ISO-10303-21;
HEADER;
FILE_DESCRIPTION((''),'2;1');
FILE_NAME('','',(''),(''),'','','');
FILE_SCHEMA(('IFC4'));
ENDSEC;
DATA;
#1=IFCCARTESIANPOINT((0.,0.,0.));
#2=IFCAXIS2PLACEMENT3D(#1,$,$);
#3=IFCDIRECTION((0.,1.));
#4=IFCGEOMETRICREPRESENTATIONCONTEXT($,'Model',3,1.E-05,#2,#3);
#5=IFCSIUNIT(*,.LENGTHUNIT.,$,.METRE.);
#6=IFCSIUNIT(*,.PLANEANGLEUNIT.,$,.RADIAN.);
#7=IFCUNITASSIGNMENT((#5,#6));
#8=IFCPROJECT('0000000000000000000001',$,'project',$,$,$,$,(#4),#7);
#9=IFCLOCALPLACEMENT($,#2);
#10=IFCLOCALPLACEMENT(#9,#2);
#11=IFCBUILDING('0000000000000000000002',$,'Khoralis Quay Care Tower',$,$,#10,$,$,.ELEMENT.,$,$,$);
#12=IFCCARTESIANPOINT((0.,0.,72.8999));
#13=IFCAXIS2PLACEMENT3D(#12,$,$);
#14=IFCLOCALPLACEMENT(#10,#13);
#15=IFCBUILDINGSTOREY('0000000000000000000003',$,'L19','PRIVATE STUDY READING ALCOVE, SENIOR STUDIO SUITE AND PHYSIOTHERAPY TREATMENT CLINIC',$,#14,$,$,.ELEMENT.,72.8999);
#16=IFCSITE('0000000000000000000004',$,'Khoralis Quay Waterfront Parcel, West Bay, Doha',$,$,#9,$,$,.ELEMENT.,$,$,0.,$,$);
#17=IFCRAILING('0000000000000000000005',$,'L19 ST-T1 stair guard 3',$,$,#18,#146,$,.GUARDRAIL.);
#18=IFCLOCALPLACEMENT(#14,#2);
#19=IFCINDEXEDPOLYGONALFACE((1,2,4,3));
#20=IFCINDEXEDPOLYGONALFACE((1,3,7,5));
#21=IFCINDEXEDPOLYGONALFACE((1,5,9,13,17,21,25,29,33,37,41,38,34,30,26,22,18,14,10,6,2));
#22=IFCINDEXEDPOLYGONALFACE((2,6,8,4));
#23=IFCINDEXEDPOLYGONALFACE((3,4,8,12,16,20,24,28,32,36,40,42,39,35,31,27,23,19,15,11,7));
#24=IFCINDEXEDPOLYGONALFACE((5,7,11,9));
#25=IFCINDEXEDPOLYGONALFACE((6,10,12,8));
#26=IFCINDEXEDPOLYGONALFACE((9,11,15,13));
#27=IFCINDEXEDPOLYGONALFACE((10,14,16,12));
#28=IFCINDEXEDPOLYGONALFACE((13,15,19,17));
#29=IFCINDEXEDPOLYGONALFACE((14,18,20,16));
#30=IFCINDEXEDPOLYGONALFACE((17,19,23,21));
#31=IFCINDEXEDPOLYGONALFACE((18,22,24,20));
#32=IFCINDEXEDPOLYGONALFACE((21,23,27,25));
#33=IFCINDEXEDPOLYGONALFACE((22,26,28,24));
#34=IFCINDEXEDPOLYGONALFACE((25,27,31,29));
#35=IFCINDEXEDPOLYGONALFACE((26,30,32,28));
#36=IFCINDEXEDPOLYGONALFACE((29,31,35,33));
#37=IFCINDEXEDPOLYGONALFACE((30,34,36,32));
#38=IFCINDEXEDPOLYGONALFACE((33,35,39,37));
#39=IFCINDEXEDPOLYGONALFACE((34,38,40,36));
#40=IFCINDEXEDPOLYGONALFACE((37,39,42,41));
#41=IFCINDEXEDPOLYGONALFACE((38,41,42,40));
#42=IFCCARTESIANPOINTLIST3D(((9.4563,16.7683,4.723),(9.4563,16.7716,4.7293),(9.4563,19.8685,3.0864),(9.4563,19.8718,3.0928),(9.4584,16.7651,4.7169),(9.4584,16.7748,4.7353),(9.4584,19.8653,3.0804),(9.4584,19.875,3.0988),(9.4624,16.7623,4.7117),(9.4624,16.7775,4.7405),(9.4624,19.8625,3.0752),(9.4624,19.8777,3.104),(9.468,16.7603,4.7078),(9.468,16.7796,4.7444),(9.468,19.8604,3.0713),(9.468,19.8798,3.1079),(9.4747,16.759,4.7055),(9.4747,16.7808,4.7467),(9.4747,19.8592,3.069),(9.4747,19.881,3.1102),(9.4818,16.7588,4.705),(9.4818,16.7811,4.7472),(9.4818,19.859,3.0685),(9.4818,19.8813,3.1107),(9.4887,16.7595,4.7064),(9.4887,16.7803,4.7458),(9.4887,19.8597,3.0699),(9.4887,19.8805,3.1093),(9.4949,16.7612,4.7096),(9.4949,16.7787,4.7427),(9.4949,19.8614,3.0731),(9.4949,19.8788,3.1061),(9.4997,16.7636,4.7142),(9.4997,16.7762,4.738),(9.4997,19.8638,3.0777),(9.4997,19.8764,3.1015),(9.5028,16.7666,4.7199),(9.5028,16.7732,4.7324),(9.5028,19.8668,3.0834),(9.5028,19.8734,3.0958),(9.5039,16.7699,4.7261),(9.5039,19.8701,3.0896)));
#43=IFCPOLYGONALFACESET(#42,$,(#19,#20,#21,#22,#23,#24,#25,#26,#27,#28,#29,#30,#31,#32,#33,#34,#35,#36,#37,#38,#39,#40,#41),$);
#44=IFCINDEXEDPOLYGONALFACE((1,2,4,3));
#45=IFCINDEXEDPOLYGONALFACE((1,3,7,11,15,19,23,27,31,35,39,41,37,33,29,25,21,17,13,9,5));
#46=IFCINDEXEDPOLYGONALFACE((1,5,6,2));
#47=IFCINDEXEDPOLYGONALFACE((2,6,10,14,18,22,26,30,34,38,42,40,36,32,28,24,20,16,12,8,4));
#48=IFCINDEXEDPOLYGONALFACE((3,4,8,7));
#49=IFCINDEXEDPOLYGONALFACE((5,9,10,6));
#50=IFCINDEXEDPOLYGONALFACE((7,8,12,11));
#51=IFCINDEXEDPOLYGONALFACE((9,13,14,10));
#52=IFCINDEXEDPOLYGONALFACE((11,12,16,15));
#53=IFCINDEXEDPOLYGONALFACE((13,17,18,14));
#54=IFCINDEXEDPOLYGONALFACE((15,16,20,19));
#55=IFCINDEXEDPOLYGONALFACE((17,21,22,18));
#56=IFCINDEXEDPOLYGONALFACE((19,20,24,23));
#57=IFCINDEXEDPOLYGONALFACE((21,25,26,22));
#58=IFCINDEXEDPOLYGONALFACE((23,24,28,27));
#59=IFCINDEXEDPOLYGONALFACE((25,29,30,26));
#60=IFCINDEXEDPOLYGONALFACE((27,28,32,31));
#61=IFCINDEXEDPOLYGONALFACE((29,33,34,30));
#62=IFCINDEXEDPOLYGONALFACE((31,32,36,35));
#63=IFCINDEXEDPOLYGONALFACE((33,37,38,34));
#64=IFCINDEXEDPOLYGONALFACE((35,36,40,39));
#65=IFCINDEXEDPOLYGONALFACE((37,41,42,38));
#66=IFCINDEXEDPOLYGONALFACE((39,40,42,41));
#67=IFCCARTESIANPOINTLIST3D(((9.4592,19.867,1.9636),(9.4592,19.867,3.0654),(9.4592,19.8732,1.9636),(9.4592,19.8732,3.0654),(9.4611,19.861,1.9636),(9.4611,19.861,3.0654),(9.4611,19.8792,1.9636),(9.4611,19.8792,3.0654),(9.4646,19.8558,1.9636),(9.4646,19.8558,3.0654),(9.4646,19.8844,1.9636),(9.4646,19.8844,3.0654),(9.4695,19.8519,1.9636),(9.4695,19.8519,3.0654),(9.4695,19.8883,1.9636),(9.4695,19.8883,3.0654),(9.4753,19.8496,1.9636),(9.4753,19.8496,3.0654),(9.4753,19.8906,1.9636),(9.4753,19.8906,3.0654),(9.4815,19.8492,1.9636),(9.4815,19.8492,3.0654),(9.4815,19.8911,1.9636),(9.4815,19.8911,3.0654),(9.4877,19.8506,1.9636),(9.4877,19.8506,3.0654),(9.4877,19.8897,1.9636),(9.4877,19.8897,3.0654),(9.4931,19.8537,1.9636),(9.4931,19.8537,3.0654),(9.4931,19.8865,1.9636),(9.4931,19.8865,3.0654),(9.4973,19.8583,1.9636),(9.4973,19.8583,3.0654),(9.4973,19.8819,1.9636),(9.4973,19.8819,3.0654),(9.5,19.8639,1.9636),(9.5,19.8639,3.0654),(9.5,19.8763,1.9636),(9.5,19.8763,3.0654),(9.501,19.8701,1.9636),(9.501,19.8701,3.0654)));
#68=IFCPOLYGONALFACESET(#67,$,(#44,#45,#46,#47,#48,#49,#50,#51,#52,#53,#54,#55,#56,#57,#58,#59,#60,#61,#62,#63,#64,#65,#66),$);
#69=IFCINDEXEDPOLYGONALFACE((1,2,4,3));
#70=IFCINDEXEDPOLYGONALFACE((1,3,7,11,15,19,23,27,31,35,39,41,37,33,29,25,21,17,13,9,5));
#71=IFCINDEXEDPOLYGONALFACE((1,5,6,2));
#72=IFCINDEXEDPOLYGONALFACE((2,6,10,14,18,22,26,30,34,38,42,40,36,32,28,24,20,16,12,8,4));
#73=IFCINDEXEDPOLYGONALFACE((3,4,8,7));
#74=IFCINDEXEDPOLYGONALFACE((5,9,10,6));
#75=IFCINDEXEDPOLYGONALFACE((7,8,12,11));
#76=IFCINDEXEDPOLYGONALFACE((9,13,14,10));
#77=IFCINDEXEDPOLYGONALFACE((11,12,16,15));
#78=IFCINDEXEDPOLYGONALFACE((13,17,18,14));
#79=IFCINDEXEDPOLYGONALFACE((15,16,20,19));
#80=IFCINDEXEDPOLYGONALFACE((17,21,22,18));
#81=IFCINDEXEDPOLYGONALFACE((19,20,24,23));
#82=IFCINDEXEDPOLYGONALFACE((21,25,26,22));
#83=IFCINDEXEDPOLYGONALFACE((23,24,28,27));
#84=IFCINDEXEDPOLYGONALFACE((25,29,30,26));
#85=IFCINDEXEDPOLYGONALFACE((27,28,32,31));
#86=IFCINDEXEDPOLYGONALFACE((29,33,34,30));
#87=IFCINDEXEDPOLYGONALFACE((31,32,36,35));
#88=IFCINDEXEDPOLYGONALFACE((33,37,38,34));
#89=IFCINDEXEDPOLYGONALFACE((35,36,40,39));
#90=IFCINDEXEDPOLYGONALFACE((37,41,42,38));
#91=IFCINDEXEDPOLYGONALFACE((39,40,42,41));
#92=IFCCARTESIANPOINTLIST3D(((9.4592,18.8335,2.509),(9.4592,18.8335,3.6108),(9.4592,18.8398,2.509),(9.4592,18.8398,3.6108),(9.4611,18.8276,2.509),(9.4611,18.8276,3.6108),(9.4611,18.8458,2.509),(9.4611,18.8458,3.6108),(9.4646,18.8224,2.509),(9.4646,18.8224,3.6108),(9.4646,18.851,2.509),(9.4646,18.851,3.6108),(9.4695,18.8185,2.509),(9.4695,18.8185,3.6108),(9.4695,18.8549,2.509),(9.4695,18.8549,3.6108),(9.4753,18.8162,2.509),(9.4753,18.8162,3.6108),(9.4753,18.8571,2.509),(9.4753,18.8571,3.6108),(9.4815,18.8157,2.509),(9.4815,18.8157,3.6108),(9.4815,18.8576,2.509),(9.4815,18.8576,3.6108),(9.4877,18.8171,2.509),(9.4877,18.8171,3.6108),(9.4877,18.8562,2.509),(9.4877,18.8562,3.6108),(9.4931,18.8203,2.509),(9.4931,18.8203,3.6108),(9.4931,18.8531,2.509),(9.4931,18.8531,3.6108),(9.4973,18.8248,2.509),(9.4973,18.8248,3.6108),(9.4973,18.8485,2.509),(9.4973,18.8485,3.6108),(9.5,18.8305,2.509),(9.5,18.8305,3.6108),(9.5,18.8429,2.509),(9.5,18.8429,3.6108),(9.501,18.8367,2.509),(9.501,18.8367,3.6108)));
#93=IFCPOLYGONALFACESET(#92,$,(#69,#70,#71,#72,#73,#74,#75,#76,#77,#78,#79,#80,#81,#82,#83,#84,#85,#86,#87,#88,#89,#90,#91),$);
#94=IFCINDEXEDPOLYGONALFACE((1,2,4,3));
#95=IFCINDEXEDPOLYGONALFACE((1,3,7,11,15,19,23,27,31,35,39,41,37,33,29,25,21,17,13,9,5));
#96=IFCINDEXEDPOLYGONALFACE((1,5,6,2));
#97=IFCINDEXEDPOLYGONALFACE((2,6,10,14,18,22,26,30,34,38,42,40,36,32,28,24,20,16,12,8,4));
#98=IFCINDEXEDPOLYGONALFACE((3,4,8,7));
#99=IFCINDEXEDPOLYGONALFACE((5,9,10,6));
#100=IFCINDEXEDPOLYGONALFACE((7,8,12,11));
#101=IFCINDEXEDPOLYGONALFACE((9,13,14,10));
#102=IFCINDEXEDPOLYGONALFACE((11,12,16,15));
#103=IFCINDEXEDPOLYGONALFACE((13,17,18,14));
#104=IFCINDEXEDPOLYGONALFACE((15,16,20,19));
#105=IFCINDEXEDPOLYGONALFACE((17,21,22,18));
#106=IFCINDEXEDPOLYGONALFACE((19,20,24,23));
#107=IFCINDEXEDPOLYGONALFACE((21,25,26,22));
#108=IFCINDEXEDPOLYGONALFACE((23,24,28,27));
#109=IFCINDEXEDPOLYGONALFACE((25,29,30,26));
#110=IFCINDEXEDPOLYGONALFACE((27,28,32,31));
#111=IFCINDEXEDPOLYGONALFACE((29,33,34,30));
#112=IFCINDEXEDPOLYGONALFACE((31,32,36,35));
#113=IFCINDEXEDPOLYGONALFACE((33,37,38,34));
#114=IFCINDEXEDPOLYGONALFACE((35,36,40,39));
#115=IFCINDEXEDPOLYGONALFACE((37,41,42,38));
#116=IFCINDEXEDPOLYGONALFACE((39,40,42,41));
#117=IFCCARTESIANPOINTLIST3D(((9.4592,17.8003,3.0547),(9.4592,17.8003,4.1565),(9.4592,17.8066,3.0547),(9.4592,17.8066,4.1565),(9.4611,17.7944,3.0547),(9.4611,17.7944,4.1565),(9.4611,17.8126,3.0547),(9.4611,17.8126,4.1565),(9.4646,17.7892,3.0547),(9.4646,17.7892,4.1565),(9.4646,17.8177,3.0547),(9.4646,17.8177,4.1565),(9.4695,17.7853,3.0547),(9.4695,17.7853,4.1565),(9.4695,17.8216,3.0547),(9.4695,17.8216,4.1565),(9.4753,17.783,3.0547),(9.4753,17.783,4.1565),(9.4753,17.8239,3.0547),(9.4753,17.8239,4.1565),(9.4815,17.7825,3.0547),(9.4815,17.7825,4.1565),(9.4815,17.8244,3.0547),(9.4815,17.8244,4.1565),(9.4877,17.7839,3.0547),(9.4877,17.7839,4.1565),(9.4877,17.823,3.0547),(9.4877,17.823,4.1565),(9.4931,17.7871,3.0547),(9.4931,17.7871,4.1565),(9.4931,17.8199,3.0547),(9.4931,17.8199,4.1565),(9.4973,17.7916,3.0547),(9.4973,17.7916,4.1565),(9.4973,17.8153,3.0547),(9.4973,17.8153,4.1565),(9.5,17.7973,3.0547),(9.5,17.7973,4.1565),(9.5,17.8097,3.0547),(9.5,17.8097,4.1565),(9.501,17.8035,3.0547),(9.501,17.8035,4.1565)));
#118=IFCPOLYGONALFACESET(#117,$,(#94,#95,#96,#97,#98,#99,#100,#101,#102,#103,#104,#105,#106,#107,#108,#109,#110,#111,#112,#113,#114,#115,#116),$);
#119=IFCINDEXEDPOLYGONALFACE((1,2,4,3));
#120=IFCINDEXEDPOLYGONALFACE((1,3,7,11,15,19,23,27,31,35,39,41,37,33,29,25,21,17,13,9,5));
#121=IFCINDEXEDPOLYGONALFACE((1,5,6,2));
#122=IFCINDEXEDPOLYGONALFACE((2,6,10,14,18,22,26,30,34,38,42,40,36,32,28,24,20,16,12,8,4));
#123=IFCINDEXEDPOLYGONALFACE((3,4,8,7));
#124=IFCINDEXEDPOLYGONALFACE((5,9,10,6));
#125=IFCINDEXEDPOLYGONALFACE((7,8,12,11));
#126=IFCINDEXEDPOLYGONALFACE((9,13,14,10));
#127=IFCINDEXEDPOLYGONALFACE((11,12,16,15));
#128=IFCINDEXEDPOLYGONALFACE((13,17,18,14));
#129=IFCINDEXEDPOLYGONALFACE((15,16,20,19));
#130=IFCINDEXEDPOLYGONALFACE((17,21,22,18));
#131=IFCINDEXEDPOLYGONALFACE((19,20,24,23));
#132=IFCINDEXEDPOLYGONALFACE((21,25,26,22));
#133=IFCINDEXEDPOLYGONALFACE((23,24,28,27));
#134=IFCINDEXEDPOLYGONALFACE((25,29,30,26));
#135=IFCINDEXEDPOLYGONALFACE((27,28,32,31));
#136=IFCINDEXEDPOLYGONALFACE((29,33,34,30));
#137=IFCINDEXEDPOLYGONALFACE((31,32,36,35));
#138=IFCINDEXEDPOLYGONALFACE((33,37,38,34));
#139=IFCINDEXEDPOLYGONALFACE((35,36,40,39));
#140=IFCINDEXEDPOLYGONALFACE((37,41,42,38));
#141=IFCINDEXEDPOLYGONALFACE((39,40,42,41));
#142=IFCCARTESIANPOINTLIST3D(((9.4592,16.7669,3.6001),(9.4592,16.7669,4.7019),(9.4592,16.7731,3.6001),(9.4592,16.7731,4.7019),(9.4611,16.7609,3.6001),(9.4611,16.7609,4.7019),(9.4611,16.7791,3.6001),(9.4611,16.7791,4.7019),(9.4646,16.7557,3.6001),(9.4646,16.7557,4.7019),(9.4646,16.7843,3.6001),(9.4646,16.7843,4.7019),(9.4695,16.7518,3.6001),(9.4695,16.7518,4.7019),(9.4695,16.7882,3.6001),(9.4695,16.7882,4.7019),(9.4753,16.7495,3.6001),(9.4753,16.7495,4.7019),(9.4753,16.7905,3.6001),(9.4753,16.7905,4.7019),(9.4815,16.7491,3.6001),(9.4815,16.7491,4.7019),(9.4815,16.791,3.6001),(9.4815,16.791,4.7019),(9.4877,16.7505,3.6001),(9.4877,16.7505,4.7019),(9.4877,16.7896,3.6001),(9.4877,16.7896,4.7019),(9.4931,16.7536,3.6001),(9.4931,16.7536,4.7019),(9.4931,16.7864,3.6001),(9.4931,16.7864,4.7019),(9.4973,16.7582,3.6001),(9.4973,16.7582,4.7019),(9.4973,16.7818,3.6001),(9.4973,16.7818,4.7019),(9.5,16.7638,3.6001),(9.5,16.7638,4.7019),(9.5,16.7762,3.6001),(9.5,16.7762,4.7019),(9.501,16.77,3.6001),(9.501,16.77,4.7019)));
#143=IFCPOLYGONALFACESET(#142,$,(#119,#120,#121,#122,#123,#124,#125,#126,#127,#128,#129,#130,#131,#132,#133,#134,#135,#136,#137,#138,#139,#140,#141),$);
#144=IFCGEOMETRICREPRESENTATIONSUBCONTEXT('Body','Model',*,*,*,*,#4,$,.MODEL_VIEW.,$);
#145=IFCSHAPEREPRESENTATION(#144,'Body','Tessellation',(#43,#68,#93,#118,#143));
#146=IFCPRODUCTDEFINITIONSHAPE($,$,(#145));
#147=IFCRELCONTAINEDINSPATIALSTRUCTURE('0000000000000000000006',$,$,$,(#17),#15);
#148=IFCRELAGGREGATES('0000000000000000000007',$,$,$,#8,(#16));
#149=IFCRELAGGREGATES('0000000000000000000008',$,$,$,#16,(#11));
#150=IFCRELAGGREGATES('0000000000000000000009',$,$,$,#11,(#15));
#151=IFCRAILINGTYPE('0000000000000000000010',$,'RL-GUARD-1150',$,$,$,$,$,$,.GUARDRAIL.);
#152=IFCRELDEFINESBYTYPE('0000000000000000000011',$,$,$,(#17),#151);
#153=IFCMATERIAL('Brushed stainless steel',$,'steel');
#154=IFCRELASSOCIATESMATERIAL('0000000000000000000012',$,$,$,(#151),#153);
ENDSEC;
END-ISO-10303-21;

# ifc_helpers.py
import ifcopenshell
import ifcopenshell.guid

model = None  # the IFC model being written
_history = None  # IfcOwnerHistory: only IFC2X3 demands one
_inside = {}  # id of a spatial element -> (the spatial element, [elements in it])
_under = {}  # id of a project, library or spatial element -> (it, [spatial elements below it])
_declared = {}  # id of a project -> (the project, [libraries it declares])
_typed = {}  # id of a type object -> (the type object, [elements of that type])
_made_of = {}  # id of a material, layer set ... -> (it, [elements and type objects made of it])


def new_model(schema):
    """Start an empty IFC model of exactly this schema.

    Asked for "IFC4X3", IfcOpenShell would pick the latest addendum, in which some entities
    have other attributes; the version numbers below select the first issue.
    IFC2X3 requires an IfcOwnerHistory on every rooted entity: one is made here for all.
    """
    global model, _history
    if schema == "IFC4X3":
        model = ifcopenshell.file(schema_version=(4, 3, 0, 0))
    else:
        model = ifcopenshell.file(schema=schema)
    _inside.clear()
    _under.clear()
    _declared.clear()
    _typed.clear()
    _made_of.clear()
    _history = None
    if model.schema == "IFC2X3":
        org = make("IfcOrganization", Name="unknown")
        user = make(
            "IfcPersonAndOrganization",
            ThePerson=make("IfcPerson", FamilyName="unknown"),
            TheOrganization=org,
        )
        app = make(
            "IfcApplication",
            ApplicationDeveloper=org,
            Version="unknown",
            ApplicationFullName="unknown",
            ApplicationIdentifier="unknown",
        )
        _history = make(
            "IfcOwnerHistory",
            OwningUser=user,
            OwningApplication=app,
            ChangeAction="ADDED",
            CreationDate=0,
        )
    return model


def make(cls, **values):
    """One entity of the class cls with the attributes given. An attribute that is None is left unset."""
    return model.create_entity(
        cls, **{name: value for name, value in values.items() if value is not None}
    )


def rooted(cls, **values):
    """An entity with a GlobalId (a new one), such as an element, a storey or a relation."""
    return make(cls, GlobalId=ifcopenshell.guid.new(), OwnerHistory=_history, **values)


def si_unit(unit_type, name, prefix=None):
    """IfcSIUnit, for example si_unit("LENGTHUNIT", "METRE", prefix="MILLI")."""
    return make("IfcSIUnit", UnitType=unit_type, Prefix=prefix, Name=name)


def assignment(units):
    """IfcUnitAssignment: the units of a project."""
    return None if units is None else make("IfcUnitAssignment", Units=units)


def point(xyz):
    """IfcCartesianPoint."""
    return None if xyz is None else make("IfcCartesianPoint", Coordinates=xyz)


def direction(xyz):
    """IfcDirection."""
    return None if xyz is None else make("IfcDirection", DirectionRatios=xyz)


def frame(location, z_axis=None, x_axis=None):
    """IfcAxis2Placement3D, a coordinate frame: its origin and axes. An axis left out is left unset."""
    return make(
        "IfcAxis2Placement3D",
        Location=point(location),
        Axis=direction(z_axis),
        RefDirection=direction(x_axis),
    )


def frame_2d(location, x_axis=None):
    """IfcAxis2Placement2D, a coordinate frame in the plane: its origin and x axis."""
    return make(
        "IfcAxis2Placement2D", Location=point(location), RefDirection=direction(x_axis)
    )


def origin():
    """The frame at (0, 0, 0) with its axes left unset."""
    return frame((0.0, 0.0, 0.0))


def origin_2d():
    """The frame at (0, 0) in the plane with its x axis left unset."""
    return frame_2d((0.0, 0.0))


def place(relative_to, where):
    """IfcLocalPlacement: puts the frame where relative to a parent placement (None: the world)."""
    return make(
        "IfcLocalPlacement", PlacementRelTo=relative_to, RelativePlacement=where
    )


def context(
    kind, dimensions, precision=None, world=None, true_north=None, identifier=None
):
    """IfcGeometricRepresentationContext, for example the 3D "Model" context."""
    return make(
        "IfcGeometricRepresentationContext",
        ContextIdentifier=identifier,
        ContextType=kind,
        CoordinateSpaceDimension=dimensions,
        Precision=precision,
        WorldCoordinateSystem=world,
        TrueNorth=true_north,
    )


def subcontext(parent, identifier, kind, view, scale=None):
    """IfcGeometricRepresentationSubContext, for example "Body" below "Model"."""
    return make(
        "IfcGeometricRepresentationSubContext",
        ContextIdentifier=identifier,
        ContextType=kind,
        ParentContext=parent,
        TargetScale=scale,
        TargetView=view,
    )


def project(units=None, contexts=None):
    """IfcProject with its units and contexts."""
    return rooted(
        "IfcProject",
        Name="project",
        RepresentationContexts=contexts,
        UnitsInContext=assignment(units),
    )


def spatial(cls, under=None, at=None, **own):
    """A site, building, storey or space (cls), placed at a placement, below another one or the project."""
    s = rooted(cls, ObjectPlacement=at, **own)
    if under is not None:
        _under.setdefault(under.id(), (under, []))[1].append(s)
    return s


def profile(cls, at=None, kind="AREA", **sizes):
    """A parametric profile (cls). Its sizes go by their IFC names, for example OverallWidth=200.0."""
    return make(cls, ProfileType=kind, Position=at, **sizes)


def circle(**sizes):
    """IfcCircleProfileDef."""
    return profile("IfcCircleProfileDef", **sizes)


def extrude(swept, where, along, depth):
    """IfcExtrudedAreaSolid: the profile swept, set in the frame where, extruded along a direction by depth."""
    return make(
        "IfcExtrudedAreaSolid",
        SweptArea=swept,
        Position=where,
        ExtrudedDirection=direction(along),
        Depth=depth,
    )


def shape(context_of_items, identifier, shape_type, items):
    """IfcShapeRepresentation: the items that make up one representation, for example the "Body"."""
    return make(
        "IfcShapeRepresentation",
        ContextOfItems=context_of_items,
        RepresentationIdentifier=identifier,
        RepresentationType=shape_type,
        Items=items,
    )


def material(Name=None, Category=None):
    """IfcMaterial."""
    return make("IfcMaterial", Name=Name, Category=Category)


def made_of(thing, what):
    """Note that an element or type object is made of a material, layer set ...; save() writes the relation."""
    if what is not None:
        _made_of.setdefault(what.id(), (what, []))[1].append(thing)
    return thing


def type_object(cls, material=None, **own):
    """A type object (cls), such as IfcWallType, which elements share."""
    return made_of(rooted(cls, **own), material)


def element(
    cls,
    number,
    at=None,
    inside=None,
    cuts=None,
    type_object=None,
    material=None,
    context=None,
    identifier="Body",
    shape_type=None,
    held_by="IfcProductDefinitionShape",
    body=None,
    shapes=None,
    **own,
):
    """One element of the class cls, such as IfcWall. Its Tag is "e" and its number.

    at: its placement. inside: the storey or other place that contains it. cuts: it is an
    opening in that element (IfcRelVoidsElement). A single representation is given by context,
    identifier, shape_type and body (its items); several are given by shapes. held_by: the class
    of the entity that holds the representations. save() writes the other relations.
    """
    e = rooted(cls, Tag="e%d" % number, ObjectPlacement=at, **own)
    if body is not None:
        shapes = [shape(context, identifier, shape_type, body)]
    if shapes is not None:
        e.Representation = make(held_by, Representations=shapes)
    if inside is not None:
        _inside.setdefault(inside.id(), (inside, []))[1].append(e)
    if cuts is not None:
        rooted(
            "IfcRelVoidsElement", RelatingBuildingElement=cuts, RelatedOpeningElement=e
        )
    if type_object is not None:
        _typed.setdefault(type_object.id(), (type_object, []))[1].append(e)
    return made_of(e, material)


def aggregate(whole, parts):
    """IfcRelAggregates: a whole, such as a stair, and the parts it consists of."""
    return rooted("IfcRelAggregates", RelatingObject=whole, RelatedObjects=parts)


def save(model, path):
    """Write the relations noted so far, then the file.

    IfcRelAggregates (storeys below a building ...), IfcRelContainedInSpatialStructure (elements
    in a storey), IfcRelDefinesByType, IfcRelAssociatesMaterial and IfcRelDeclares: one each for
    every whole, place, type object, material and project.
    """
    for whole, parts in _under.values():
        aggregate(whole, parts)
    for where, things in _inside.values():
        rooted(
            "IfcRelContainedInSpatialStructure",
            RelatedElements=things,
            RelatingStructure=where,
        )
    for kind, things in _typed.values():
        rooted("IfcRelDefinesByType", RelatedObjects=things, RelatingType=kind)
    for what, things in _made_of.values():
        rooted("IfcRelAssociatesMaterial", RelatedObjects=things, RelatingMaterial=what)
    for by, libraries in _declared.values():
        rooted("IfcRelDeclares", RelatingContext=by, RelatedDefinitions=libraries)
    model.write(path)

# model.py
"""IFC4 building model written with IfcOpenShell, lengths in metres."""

from ifc_helpers import new_model, si_unit, direction, frame, origin, origin_2d, place, context, subcontext, project, spatial, circle, extrude, material, type_object, element, save


model = new_model("IFC4")

# Units and contexts
model_context = context("Model", 3, precision=1e-05, world=origin(), true_north=direction((0.0, 1.0)))
body_context = subcontext(model_context, "Body", "Model", "MODEL_VIEW")
ifc_project = project(units=[si_unit("LENGTHUNIT", "METRE"), si_unit("PLANEANGLEUNIT", "RADIAN")], contexts=[model_context])

# Site, building, storey
site_placement = place(None, origin())
site = spatial("IfcSite", under=ifc_project, at=site_placement, Name="Khoralis Quay Waterfront Parcel, West Bay, Doha", CompositionType="ELEMENT", RefElevation=0.0)
building_placement = place(site_placement, origin())
building = spatial("IfcBuilding", under=site, at=building_placement, Name="Khoralis Quay Care Tower", CompositionType="ELEMENT")
storey_placement = place(building_placement, frame((0.0, 0.0, 72.8999)))
storey = spatial("IfcBuildingStorey", under=building, at=storey_placement, Name="L19", Description="PRIVATE STUDY READING ALCOVE, SENIOR STUDIO SUITE AND PHYSIOTHERAPY TREATMENT CLINIC", CompositionType="ELEMENT", Elevation=72.8999)

# Shared definitions
ifc_material_1 = material(Name="Brushed stainless steel", Category="steel")

# Railing
railing_type_1 = type_object("IfcRailingType", Name="RL-GUARD-1150", PredefinedType="GUARDRAIL", material=ifc_material_1)
railing_1_placement = place(storey_placement, frame((9.48, 19.8701, 1.9636)))
element("IfcRailing", 1, at=railing_1_placement, inside=storey, type_object=railing_type_1, Name="L19 ST-T1 stair guard 3", PredefinedType="GUARDRAIL", context=body_context, shape_type="SweptSolid", body=[
    extrude(circle(Radius=0.0239, at=origin_2d()), frame((0.0, 0.0, 1.126), z_axis=(0.0, -0.884348, 0.466828), x_axis=(1.0, 0.0, 0.0)), (0.0, 0.0, 1.0), 3.5056),
    extrude(circle(Radius=0.021, at=origin_2d()), origin(), (0.0, 0.0, 1.0), 1.1018),
    extrude(circle(Radius=0.021, at=origin_2d()), frame((0.0, -1.0334, 0.5454)), (0.0, 0.0, 1.0), 1.1018),
    extrude(circle(Radius=0.021, at=origin_2d()), frame((0.0, -2.0667, 1.0911)), (0.0, 0.0, 1.0), 1.1018),
    extrude(circle(Radius=0.021, at=origin_2d()), frame((0.0, -3.1001, 1.6365)), (0.0, 0.0, 1.0), 1.1018),
])

save(model, "model.ifc")
